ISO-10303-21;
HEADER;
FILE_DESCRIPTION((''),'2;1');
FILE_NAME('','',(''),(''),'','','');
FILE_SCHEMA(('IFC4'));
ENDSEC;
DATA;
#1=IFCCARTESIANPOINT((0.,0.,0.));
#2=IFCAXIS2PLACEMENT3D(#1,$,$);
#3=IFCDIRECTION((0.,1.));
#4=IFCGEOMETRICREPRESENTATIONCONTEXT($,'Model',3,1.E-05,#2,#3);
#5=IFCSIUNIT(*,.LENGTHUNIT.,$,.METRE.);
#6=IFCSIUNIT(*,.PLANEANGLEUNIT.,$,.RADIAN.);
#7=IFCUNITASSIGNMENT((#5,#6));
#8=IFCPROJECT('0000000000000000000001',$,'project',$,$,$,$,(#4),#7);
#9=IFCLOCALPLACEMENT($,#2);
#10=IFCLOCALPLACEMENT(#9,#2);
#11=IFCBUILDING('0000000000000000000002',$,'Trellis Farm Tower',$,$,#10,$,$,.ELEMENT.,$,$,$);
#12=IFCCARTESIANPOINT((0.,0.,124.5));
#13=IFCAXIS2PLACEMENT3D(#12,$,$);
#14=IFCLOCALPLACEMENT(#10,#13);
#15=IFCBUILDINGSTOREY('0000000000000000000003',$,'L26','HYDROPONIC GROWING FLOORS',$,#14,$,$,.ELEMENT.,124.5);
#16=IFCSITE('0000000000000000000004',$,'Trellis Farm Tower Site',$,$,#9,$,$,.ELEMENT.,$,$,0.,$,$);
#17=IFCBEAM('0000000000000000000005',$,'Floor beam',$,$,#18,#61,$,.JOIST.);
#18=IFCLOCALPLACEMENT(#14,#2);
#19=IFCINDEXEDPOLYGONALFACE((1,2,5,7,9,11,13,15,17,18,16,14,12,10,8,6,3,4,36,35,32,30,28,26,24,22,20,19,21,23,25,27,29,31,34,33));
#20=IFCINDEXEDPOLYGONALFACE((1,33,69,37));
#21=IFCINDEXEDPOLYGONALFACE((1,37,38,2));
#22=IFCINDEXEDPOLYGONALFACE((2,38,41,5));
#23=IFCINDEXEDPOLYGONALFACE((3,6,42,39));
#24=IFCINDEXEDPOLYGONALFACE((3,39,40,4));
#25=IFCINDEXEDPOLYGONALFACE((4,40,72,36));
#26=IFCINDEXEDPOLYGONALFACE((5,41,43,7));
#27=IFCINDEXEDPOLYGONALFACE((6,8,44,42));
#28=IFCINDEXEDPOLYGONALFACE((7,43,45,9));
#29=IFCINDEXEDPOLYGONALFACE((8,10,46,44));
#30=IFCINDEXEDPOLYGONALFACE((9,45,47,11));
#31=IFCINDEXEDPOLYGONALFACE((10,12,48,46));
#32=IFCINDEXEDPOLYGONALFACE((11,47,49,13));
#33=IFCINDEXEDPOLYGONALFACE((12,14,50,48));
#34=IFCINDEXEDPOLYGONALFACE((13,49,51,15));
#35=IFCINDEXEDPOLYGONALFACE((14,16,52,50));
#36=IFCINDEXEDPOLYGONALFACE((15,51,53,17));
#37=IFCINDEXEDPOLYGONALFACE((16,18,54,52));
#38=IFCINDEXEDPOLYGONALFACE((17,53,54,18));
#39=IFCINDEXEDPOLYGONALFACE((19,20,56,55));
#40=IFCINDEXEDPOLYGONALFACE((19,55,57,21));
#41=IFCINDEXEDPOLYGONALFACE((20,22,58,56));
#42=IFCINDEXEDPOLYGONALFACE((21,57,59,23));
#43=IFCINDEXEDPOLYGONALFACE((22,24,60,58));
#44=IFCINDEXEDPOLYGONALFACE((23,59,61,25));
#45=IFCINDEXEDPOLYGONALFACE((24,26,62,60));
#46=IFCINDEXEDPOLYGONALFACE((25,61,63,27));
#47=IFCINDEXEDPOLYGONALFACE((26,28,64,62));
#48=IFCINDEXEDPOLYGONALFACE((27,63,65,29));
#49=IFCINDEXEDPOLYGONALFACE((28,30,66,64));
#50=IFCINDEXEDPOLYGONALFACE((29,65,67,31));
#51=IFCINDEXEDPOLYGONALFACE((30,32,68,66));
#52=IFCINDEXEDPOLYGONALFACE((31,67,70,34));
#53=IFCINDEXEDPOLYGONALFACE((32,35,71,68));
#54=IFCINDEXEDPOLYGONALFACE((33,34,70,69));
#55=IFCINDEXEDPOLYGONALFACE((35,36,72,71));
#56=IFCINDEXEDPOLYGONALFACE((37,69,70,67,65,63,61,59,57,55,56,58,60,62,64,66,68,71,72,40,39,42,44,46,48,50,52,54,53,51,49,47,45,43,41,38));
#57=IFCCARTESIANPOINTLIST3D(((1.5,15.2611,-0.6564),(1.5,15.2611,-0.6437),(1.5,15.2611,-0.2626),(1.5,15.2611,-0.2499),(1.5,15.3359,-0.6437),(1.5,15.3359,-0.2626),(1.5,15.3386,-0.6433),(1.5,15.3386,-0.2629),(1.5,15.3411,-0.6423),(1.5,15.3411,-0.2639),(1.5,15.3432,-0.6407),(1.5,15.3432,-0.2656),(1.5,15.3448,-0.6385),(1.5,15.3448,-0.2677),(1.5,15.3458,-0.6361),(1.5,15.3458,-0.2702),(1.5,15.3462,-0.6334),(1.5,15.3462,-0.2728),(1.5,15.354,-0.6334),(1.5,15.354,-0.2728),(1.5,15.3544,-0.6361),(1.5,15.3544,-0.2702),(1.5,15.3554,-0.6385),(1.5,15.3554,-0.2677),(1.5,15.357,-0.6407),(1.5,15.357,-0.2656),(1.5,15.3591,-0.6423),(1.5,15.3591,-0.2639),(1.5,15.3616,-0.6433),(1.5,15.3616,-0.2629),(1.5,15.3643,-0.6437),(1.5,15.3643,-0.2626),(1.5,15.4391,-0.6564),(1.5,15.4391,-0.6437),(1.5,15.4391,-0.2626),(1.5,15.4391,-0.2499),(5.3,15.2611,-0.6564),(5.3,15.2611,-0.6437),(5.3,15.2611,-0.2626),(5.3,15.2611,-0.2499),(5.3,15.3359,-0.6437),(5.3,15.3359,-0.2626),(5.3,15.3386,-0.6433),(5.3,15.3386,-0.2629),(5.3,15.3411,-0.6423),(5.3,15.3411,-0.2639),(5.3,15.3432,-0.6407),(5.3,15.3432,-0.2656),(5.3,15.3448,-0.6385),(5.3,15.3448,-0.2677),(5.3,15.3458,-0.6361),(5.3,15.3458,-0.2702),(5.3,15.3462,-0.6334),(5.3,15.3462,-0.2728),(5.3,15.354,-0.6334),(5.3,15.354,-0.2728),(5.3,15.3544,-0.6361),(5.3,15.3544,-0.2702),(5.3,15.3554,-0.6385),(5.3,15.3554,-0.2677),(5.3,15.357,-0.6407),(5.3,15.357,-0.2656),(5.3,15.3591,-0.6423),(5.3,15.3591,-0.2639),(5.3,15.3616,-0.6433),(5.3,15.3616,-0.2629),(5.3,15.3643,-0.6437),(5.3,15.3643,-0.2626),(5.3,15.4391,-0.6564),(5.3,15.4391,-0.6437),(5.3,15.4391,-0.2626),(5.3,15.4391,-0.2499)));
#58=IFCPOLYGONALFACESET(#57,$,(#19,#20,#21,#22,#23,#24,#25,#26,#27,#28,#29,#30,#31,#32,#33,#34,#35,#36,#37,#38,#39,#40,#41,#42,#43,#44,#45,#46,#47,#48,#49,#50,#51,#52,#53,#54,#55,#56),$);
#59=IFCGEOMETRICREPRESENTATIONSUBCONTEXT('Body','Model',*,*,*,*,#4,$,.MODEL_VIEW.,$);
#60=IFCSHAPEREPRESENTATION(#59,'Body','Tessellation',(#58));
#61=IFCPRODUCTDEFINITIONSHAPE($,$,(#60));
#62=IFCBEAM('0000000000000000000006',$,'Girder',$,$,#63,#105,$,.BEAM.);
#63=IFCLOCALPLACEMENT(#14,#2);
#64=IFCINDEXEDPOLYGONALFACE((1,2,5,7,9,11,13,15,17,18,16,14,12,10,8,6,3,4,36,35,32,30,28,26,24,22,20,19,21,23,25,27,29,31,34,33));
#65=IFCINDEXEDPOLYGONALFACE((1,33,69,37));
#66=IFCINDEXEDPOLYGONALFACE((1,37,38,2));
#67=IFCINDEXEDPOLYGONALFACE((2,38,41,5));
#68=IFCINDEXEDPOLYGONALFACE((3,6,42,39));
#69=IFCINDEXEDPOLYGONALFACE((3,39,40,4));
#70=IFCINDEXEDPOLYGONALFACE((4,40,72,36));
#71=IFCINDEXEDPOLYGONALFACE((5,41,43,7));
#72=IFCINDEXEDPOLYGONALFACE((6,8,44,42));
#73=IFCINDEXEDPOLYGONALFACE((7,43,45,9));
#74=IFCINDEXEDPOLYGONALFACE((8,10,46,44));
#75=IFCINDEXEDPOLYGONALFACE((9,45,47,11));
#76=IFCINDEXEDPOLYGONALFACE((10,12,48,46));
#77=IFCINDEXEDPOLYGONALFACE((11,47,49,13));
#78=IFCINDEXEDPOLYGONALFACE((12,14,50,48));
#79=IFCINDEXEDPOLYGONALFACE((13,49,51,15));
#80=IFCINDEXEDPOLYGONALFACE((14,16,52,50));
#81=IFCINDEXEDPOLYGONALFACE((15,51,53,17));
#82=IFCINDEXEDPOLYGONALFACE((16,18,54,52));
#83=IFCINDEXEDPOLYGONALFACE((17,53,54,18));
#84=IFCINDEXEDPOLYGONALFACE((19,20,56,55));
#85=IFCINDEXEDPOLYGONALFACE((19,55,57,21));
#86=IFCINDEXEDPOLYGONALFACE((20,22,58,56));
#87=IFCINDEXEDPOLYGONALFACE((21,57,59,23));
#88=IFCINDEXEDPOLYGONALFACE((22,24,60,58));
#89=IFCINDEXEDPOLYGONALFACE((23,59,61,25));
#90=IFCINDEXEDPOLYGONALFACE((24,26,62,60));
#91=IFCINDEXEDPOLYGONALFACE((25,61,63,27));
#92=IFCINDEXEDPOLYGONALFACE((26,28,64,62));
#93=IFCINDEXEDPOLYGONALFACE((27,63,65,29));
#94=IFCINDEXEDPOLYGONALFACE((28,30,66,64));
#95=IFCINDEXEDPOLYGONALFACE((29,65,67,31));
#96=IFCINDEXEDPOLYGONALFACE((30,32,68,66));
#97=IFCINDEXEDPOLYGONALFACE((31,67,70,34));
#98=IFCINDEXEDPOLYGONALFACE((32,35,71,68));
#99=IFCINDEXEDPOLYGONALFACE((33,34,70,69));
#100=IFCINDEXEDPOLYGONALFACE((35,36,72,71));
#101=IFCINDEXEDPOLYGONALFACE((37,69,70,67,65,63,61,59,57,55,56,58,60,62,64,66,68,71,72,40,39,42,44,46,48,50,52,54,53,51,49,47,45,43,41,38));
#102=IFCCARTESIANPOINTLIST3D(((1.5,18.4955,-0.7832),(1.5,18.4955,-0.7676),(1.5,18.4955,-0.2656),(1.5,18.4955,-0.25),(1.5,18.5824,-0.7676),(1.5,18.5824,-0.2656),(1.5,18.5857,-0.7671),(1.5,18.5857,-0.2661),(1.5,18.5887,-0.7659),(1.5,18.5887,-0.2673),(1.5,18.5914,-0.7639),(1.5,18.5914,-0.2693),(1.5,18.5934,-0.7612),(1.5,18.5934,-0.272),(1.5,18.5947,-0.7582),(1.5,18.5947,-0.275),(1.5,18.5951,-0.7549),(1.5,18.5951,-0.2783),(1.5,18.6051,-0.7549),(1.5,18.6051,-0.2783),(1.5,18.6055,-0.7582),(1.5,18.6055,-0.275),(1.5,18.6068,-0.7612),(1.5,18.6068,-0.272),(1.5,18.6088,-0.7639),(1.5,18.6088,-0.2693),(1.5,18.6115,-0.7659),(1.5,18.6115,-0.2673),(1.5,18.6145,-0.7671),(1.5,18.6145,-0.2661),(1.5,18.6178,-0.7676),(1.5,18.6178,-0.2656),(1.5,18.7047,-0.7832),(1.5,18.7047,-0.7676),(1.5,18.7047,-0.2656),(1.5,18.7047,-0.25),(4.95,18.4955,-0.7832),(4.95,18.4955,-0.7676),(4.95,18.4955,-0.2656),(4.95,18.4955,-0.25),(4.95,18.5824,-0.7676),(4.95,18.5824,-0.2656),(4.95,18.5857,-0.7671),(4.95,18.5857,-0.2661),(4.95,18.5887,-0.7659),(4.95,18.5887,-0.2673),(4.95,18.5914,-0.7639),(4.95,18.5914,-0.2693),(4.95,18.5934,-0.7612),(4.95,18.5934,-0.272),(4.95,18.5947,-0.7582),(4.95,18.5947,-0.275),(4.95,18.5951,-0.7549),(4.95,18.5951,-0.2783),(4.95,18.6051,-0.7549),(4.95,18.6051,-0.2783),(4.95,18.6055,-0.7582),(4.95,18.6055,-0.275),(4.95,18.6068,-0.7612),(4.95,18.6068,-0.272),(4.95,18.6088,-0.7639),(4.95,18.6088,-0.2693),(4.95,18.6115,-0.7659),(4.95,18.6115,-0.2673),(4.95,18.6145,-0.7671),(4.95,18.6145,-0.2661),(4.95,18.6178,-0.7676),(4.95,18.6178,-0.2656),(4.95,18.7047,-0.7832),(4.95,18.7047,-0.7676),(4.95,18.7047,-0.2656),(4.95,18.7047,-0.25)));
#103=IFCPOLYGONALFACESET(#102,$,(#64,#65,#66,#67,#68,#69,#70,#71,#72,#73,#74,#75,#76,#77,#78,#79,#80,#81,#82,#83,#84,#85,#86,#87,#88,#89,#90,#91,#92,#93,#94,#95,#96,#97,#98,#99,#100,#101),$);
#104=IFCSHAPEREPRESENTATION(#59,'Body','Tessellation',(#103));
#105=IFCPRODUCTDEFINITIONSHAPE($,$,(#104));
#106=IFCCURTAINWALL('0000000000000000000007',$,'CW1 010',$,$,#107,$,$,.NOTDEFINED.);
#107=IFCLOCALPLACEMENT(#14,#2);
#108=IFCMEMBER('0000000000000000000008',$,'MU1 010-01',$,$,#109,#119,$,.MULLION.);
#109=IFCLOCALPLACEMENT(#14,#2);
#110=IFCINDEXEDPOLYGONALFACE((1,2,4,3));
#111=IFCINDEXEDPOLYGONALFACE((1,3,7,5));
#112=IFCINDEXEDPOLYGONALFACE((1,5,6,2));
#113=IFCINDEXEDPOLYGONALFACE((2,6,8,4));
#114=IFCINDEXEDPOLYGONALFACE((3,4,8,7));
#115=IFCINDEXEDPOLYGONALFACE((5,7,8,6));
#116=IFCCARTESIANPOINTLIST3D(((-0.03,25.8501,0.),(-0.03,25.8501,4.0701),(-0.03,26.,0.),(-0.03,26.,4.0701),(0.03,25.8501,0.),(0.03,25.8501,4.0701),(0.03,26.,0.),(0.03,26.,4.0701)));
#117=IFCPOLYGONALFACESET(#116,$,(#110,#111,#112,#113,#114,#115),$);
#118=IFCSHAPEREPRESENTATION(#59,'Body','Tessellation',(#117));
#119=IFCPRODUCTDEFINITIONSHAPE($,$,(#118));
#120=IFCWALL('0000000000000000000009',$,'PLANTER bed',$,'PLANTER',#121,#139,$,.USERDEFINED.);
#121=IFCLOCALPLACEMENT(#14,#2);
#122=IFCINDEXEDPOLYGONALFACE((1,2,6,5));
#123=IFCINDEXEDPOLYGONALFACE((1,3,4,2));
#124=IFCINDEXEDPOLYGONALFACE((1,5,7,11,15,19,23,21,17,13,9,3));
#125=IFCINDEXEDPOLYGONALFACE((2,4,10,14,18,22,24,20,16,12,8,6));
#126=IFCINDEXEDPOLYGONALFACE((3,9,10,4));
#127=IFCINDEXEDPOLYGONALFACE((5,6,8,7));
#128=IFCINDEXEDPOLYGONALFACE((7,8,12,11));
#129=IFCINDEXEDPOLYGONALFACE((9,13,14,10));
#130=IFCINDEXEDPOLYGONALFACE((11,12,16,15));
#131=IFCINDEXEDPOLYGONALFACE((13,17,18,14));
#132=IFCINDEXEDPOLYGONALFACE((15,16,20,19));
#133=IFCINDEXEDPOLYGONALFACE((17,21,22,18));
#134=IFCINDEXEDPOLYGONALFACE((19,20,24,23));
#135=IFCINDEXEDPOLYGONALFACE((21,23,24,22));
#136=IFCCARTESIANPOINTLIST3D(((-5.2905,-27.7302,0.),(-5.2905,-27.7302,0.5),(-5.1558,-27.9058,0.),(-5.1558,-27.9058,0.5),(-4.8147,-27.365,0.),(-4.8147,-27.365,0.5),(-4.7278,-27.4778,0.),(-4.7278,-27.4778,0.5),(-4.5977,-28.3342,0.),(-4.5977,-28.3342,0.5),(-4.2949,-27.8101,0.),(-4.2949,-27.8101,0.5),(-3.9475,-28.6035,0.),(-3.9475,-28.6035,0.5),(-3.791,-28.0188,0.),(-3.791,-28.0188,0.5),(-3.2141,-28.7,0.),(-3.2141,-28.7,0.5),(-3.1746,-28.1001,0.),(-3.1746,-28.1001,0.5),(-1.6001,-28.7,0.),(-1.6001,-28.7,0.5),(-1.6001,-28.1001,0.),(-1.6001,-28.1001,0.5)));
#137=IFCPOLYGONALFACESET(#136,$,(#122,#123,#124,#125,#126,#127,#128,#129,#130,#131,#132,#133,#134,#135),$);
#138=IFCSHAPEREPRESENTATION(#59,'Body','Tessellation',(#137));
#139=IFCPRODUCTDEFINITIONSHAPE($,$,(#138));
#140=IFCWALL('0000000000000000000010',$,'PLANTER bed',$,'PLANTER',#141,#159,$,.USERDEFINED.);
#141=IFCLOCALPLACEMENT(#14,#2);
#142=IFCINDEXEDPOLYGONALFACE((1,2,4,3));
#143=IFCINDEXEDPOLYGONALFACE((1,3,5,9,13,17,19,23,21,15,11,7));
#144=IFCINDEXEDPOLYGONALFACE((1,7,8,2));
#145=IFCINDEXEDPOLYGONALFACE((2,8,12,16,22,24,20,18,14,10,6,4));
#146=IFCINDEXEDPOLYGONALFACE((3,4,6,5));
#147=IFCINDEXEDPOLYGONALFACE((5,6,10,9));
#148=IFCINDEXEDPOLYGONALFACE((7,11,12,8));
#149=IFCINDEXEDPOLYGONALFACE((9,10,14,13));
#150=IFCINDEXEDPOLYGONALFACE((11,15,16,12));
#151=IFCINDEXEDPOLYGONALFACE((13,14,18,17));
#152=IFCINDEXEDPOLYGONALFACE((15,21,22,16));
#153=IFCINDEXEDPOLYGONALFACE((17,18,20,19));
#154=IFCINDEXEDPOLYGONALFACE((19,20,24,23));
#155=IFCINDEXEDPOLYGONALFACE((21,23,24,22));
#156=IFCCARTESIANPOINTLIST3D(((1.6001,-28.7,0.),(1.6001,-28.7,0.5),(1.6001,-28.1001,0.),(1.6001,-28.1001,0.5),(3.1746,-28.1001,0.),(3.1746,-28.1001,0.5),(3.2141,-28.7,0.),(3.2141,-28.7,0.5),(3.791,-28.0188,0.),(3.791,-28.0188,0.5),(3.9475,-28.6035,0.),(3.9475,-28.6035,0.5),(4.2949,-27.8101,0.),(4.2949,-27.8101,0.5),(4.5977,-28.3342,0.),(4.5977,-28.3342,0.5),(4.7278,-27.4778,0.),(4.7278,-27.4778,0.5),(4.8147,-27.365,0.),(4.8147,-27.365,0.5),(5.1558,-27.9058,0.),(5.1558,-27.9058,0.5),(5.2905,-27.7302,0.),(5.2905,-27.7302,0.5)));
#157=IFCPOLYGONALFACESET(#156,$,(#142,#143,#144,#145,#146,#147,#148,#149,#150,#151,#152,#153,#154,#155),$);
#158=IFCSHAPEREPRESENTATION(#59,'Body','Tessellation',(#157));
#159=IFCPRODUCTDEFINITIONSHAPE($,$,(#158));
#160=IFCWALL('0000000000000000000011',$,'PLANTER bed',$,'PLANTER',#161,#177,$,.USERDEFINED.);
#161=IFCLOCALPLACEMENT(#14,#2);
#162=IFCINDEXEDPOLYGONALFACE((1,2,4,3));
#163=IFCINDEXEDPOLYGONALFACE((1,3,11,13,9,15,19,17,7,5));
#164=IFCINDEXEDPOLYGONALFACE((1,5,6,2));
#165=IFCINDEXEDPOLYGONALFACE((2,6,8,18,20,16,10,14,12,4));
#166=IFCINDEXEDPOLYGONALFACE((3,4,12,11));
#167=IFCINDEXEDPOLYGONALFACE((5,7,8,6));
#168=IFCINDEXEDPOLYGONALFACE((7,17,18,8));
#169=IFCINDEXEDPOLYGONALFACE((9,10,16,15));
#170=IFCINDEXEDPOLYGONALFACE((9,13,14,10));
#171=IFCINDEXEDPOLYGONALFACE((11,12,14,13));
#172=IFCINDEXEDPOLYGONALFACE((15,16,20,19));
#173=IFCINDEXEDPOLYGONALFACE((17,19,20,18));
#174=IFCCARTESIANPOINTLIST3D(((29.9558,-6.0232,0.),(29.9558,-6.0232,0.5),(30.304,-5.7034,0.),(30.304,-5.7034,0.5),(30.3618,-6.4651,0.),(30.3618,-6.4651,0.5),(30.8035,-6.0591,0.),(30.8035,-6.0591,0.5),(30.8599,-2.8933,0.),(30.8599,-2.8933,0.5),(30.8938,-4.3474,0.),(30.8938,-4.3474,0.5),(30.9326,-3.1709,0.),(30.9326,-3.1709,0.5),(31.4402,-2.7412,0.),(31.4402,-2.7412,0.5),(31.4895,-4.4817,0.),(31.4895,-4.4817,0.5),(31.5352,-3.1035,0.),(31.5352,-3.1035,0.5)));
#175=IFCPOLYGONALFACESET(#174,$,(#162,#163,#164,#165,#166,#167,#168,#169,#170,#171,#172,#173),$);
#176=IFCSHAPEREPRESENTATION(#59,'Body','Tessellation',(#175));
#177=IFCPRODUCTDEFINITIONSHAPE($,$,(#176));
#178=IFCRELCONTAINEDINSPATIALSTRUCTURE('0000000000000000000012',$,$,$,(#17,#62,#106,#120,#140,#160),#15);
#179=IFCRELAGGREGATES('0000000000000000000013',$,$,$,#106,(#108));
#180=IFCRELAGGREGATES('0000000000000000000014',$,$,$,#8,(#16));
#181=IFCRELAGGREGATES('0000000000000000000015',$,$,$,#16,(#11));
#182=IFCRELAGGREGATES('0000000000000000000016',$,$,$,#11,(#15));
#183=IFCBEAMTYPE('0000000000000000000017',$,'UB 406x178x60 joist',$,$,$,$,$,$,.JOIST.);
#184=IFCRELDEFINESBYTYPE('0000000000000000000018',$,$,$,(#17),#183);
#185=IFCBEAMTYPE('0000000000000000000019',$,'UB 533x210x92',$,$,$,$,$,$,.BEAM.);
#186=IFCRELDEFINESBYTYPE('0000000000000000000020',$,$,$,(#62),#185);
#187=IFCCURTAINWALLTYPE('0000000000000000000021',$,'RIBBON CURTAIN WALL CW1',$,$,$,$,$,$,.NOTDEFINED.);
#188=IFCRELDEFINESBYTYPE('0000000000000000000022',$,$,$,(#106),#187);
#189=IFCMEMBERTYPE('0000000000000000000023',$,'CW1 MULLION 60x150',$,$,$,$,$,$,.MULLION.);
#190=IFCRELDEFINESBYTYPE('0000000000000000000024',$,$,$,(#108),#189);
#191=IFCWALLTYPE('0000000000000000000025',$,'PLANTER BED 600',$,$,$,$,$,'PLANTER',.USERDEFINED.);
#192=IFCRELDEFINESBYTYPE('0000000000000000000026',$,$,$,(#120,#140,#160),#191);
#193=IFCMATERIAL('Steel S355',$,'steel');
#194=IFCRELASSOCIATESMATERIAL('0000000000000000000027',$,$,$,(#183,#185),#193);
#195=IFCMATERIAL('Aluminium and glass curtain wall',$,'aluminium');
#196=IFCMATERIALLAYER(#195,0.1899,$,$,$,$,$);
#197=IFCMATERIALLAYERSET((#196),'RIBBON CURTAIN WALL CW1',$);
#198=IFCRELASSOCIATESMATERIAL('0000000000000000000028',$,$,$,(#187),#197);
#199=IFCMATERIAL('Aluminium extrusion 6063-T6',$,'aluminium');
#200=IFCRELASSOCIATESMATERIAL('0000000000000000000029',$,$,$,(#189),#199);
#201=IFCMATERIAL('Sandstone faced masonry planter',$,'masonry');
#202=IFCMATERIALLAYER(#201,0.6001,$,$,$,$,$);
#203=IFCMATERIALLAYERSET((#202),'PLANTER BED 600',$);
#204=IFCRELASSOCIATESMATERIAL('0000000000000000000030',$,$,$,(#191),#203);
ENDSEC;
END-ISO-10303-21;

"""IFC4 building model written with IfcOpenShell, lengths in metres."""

from ifc_helpers import new_model, si_unit, direction, frame, origin, origin_2d, place, context, subcontext, project, spatial, polyline, rectangle, i_section, outline, extrude, source, transform, mapped, material, layer, layer_set, material_profile, profile_set, type_object, element, aggregate, save


model = new_model("IFC4")

# Units and contexts
model_context = context("Model", 3, precision=1e-05, world=origin(), true_north=direction((0.0, 1.0)))
body_context = subcontext(model_context, "Body", "Model", "MODEL_VIEW")
ifc_project = project(units=[si_unit("LENGTHUNIT", "METRE"), si_unit("PLANEANGLEUNIT", "RADIAN")], contexts=[model_context])

# Site, building, storey
site_placement = place(None, origin())
site = spatial("IfcSite", under=ifc_project, at=site_placement, Name="Trellis Farm Tower Site", CompositionType="ELEMENT", RefElevation=0.0)
building_placement = place(site_placement, origin())
building = spatial("IfcBuilding", under=site, at=building_placement, Name="Trellis Farm Tower", CompositionType="ELEMENT")
storey_placement = place(building_placement, frame((0.0, 0.0, 124.5)))
storey = spatial("IfcBuildingStorey", under=building, at=storey_placement, Name="L26", Description="HYDROPONIC GROWING FLOORS", CompositionType="ELEMENT", Elevation=124.5)

# Beams
ifc_material_1 = material(Name="Steel S355", Category="steel")
ifc_material_profile_1 = material_profile(ifc_material_1, i_section(OverallWidth=0.178, OverallDepth=0.4065, WebThickness=0.0078, FlangeThickness=0.0127, FilletRadius=0.0103, at=origin_2d()), Name="UB 406x178x60")
ifc_profile_set_1 = profile_set([ifc_material_profile_1], Name="Steel S355")
beam_type_1 = type_object("IfcBeamType", Name="UB 406x178x60 joist", PredefinedType="JOIST", material=ifc_profile_set_1)
shared_shape_1 = source(origin(), body_context, "Body", "SweptSolid", [
    extrude(i_section(OverallWidth=0.178, OverallDepth=0.4065, WebThickness=0.0078, FlangeThickness=0.0127, FilletRadius=0.0103, at=origin_2d()), origin(), (0.0, 0.0, 1.0), 3.8),
])
beam_1_placement = place(storey_placement, frame((1.5, 15.3501, -0.4531), z_axis=(1.0, 0.0, 0.0), x_axis=(0.0, 1.0, 0.0)))
element("IfcBeam", 1, at=beam_1_placement, inside=storey, type_object=beam_type_1, Name="Floor beam", PredefinedType="JOIST", context=body_context, shape_type="MappedRepresentation", body=[
    mapped(shared_shape_1, transform((0.0, 0.0, 0.0))),
])
ifc_material_profile_2 = material_profile(ifc_material_1, i_section(OverallWidth=0.2092, OverallDepth=0.5332, WebThickness=0.01, FlangeThickness=0.0156, FilletRadius=0.0127, at=origin_2d()), Name="UB 533x210x92")
ifc_profile_set_2 = profile_set([ifc_material_profile_2], Name="Steel S355")
beam_type_2 = type_object("IfcBeamType", Name="UB 533x210x92", PredefinedType="BEAM", material=ifc_profile_set_2)
shared_shape_2 = source(origin(), body_context, "Body", "SweptSolid", [
    extrude(i_section(OverallWidth=0.2092, OverallDepth=0.5332, WebThickness=0.01, FlangeThickness=0.0156, FilletRadius=0.0127, at=origin_2d()), origin(), (0.0, 0.0, 1.0), 3.45),
])
beam_2_placement = place(storey_placement, frame((1.5, 18.6001, -0.5166), z_axis=(1.0, 0.0, 0.0), x_axis=(0.0, 1.0, 0.0)))
element("IfcBeam", 2, at=beam_2_placement, inside=storey, type_object=beam_type_2, Name="Girder", PredefinedType="BEAM", context=body_context, shape_type="MappedRepresentation", body=[
    mapped(shared_shape_2, transform((0.0, 0.0, 0.0))),
])

# Curtain wall, member
ifc_material_2 = material(Name="Aluminium and glass curtain wall", Category="aluminium")
ifc_layer_1 = layer(ifc_material_2, 0.1899)
ifc_layer_set_1 = layer_set([ifc_layer_1], Name="RIBBON CURTAIN WALL CW1")
curtain_wall_type = type_object("IfcCurtainWallType", Name="RIBBON CURTAIN WALL CW1", PredefinedType="NOTDEFINED", material=ifc_layer_set_1)
placement = place(storey_placement, origin())
curtain_wall = element("IfcCurtainWall", 3, at=placement, inside=storey, type_object=curtain_wall_type, Name="CW1 010", PredefinedType="NOTDEFINED")
ifc_material_3 = material(Name="Aluminium extrusion 6063-T6", Category="aluminium")
ifc_material_profile_3 = material_profile(ifc_material_3, rectangle(XDim=0.0601, YDim=0.1499, at=origin_2d()), Name="MULLION 60x150")
ifc_profile_set_3 = profile_set([ifc_material_profile_3], Name="Aluminium extrusion 6063-T6")
member_type = type_object("IfcMemberType", Name="CW1 MULLION 60x150", PredefinedType="MULLION", material=ifc_profile_set_3)
shared_shape_3 = source(origin(), body_context, "Body", "SweptSolid", [
    extrude(rectangle(XDim=0.0601, YDim=0.1499, at=origin_2d()), origin(), (0.0, 0.0, 1.0), 4.0701),
])
member_placement = place(storey_placement, frame((0.0, 25.925, 0.0), z_axis=(0.0, 0.0, 1.0), x_axis=(-1.0, 0.0, 0.0)))
member = element("IfcMember", 4, at=member_placement, type_object=member_type, Name="MU1 010-01", PredefinedType="MULLION", context=body_context, shape_type="MappedRepresentation", body=[
    mapped(shared_shape_3, transform((0.0, 0.0, 0.0))),
])
aggregate(curtain_wall, [member])

# Walls
ifc_material_4 = material(Name="Sandstone faced masonry planter", Category="masonry")
ifc_layer_2 = layer(ifc_material_4, 0.6001)
ifc_layer_set_2 = layer_set([ifc_layer_2], Name="PLANTER BED 600")
wall_type_1 = type_object("IfcWallType", Name="PLANTER BED 600", ElementType="PLANTER", PredefinedType="USERDEFINED", material=ifc_layer_set_2)
element("IfcWall", 5, at=placement, inside=storey, type_object=wall_type_1, Name="PLANTER bed", ObjectType="PLANTER", PredefinedType="USERDEFINED", context=body_context, shape_type="SweptSolid", body=[
    extrude(outline(polyline([(-3.2141, -28.7), (-3.9475, -28.6035), (-4.5977, -28.3342), (-5.1558, -27.9058), (-5.2905, -27.7302), (-4.8147, -27.365), (-4.7278, -27.4778), (-4.2949, -27.8101), (-3.791, -28.0188), (-3.1746, -28.1001), (-1.6001, -28.1001), (-1.6001, -28.7), (-3.2141, -28.7)])), origin(), (0.0, 0.0, 1.0), 0.5),
])
element("IfcWall", 6, at=placement, inside=storey, type_object=wall_type_1, Name="PLANTER bed", ObjectType="PLANTER", PredefinedType="USERDEFINED", context=body_context, shape_type="SweptSolid", body=[
    extrude(outline(polyline([(4.5977, -28.3342), (3.9475, -28.6035), (3.2141, -28.7), (1.6001, -28.7), (1.6001, -28.1001), (3.1746, -28.1001), (3.791, -28.0188), (4.2949, -27.8101), (4.7278, -27.4778), (4.8147, -27.365), (5.2905, -27.7302), (5.1558, -27.9058), (4.5977, -28.3342)])), origin(), (0.0, 0.0, 1.0), 0.5),
])
element("IfcWall", 7, at=placement, inside=storey, type_object=wall_type_1, Name="PLANTER bed", ObjectType="PLANTER", PredefinedType="USERDEFINED", context=body_context, shape_type="SweptSolid", body=[
    extrude(outline(polyline([(31.4895, -4.4817), (30.8035, -6.0591), (30.3618, -6.4651), (29.9558, -6.0232), (30.304, -5.7034), (30.8938, -4.3474), (30.9326, -3.1709), (30.8599, -2.8933), (31.4402, -2.7412), (31.5352, -3.1035), (31.4895, -4.4817)])), origin(), (0.0, 0.0, 1.0), 0.5),
])

save(model, "model.ifc")
